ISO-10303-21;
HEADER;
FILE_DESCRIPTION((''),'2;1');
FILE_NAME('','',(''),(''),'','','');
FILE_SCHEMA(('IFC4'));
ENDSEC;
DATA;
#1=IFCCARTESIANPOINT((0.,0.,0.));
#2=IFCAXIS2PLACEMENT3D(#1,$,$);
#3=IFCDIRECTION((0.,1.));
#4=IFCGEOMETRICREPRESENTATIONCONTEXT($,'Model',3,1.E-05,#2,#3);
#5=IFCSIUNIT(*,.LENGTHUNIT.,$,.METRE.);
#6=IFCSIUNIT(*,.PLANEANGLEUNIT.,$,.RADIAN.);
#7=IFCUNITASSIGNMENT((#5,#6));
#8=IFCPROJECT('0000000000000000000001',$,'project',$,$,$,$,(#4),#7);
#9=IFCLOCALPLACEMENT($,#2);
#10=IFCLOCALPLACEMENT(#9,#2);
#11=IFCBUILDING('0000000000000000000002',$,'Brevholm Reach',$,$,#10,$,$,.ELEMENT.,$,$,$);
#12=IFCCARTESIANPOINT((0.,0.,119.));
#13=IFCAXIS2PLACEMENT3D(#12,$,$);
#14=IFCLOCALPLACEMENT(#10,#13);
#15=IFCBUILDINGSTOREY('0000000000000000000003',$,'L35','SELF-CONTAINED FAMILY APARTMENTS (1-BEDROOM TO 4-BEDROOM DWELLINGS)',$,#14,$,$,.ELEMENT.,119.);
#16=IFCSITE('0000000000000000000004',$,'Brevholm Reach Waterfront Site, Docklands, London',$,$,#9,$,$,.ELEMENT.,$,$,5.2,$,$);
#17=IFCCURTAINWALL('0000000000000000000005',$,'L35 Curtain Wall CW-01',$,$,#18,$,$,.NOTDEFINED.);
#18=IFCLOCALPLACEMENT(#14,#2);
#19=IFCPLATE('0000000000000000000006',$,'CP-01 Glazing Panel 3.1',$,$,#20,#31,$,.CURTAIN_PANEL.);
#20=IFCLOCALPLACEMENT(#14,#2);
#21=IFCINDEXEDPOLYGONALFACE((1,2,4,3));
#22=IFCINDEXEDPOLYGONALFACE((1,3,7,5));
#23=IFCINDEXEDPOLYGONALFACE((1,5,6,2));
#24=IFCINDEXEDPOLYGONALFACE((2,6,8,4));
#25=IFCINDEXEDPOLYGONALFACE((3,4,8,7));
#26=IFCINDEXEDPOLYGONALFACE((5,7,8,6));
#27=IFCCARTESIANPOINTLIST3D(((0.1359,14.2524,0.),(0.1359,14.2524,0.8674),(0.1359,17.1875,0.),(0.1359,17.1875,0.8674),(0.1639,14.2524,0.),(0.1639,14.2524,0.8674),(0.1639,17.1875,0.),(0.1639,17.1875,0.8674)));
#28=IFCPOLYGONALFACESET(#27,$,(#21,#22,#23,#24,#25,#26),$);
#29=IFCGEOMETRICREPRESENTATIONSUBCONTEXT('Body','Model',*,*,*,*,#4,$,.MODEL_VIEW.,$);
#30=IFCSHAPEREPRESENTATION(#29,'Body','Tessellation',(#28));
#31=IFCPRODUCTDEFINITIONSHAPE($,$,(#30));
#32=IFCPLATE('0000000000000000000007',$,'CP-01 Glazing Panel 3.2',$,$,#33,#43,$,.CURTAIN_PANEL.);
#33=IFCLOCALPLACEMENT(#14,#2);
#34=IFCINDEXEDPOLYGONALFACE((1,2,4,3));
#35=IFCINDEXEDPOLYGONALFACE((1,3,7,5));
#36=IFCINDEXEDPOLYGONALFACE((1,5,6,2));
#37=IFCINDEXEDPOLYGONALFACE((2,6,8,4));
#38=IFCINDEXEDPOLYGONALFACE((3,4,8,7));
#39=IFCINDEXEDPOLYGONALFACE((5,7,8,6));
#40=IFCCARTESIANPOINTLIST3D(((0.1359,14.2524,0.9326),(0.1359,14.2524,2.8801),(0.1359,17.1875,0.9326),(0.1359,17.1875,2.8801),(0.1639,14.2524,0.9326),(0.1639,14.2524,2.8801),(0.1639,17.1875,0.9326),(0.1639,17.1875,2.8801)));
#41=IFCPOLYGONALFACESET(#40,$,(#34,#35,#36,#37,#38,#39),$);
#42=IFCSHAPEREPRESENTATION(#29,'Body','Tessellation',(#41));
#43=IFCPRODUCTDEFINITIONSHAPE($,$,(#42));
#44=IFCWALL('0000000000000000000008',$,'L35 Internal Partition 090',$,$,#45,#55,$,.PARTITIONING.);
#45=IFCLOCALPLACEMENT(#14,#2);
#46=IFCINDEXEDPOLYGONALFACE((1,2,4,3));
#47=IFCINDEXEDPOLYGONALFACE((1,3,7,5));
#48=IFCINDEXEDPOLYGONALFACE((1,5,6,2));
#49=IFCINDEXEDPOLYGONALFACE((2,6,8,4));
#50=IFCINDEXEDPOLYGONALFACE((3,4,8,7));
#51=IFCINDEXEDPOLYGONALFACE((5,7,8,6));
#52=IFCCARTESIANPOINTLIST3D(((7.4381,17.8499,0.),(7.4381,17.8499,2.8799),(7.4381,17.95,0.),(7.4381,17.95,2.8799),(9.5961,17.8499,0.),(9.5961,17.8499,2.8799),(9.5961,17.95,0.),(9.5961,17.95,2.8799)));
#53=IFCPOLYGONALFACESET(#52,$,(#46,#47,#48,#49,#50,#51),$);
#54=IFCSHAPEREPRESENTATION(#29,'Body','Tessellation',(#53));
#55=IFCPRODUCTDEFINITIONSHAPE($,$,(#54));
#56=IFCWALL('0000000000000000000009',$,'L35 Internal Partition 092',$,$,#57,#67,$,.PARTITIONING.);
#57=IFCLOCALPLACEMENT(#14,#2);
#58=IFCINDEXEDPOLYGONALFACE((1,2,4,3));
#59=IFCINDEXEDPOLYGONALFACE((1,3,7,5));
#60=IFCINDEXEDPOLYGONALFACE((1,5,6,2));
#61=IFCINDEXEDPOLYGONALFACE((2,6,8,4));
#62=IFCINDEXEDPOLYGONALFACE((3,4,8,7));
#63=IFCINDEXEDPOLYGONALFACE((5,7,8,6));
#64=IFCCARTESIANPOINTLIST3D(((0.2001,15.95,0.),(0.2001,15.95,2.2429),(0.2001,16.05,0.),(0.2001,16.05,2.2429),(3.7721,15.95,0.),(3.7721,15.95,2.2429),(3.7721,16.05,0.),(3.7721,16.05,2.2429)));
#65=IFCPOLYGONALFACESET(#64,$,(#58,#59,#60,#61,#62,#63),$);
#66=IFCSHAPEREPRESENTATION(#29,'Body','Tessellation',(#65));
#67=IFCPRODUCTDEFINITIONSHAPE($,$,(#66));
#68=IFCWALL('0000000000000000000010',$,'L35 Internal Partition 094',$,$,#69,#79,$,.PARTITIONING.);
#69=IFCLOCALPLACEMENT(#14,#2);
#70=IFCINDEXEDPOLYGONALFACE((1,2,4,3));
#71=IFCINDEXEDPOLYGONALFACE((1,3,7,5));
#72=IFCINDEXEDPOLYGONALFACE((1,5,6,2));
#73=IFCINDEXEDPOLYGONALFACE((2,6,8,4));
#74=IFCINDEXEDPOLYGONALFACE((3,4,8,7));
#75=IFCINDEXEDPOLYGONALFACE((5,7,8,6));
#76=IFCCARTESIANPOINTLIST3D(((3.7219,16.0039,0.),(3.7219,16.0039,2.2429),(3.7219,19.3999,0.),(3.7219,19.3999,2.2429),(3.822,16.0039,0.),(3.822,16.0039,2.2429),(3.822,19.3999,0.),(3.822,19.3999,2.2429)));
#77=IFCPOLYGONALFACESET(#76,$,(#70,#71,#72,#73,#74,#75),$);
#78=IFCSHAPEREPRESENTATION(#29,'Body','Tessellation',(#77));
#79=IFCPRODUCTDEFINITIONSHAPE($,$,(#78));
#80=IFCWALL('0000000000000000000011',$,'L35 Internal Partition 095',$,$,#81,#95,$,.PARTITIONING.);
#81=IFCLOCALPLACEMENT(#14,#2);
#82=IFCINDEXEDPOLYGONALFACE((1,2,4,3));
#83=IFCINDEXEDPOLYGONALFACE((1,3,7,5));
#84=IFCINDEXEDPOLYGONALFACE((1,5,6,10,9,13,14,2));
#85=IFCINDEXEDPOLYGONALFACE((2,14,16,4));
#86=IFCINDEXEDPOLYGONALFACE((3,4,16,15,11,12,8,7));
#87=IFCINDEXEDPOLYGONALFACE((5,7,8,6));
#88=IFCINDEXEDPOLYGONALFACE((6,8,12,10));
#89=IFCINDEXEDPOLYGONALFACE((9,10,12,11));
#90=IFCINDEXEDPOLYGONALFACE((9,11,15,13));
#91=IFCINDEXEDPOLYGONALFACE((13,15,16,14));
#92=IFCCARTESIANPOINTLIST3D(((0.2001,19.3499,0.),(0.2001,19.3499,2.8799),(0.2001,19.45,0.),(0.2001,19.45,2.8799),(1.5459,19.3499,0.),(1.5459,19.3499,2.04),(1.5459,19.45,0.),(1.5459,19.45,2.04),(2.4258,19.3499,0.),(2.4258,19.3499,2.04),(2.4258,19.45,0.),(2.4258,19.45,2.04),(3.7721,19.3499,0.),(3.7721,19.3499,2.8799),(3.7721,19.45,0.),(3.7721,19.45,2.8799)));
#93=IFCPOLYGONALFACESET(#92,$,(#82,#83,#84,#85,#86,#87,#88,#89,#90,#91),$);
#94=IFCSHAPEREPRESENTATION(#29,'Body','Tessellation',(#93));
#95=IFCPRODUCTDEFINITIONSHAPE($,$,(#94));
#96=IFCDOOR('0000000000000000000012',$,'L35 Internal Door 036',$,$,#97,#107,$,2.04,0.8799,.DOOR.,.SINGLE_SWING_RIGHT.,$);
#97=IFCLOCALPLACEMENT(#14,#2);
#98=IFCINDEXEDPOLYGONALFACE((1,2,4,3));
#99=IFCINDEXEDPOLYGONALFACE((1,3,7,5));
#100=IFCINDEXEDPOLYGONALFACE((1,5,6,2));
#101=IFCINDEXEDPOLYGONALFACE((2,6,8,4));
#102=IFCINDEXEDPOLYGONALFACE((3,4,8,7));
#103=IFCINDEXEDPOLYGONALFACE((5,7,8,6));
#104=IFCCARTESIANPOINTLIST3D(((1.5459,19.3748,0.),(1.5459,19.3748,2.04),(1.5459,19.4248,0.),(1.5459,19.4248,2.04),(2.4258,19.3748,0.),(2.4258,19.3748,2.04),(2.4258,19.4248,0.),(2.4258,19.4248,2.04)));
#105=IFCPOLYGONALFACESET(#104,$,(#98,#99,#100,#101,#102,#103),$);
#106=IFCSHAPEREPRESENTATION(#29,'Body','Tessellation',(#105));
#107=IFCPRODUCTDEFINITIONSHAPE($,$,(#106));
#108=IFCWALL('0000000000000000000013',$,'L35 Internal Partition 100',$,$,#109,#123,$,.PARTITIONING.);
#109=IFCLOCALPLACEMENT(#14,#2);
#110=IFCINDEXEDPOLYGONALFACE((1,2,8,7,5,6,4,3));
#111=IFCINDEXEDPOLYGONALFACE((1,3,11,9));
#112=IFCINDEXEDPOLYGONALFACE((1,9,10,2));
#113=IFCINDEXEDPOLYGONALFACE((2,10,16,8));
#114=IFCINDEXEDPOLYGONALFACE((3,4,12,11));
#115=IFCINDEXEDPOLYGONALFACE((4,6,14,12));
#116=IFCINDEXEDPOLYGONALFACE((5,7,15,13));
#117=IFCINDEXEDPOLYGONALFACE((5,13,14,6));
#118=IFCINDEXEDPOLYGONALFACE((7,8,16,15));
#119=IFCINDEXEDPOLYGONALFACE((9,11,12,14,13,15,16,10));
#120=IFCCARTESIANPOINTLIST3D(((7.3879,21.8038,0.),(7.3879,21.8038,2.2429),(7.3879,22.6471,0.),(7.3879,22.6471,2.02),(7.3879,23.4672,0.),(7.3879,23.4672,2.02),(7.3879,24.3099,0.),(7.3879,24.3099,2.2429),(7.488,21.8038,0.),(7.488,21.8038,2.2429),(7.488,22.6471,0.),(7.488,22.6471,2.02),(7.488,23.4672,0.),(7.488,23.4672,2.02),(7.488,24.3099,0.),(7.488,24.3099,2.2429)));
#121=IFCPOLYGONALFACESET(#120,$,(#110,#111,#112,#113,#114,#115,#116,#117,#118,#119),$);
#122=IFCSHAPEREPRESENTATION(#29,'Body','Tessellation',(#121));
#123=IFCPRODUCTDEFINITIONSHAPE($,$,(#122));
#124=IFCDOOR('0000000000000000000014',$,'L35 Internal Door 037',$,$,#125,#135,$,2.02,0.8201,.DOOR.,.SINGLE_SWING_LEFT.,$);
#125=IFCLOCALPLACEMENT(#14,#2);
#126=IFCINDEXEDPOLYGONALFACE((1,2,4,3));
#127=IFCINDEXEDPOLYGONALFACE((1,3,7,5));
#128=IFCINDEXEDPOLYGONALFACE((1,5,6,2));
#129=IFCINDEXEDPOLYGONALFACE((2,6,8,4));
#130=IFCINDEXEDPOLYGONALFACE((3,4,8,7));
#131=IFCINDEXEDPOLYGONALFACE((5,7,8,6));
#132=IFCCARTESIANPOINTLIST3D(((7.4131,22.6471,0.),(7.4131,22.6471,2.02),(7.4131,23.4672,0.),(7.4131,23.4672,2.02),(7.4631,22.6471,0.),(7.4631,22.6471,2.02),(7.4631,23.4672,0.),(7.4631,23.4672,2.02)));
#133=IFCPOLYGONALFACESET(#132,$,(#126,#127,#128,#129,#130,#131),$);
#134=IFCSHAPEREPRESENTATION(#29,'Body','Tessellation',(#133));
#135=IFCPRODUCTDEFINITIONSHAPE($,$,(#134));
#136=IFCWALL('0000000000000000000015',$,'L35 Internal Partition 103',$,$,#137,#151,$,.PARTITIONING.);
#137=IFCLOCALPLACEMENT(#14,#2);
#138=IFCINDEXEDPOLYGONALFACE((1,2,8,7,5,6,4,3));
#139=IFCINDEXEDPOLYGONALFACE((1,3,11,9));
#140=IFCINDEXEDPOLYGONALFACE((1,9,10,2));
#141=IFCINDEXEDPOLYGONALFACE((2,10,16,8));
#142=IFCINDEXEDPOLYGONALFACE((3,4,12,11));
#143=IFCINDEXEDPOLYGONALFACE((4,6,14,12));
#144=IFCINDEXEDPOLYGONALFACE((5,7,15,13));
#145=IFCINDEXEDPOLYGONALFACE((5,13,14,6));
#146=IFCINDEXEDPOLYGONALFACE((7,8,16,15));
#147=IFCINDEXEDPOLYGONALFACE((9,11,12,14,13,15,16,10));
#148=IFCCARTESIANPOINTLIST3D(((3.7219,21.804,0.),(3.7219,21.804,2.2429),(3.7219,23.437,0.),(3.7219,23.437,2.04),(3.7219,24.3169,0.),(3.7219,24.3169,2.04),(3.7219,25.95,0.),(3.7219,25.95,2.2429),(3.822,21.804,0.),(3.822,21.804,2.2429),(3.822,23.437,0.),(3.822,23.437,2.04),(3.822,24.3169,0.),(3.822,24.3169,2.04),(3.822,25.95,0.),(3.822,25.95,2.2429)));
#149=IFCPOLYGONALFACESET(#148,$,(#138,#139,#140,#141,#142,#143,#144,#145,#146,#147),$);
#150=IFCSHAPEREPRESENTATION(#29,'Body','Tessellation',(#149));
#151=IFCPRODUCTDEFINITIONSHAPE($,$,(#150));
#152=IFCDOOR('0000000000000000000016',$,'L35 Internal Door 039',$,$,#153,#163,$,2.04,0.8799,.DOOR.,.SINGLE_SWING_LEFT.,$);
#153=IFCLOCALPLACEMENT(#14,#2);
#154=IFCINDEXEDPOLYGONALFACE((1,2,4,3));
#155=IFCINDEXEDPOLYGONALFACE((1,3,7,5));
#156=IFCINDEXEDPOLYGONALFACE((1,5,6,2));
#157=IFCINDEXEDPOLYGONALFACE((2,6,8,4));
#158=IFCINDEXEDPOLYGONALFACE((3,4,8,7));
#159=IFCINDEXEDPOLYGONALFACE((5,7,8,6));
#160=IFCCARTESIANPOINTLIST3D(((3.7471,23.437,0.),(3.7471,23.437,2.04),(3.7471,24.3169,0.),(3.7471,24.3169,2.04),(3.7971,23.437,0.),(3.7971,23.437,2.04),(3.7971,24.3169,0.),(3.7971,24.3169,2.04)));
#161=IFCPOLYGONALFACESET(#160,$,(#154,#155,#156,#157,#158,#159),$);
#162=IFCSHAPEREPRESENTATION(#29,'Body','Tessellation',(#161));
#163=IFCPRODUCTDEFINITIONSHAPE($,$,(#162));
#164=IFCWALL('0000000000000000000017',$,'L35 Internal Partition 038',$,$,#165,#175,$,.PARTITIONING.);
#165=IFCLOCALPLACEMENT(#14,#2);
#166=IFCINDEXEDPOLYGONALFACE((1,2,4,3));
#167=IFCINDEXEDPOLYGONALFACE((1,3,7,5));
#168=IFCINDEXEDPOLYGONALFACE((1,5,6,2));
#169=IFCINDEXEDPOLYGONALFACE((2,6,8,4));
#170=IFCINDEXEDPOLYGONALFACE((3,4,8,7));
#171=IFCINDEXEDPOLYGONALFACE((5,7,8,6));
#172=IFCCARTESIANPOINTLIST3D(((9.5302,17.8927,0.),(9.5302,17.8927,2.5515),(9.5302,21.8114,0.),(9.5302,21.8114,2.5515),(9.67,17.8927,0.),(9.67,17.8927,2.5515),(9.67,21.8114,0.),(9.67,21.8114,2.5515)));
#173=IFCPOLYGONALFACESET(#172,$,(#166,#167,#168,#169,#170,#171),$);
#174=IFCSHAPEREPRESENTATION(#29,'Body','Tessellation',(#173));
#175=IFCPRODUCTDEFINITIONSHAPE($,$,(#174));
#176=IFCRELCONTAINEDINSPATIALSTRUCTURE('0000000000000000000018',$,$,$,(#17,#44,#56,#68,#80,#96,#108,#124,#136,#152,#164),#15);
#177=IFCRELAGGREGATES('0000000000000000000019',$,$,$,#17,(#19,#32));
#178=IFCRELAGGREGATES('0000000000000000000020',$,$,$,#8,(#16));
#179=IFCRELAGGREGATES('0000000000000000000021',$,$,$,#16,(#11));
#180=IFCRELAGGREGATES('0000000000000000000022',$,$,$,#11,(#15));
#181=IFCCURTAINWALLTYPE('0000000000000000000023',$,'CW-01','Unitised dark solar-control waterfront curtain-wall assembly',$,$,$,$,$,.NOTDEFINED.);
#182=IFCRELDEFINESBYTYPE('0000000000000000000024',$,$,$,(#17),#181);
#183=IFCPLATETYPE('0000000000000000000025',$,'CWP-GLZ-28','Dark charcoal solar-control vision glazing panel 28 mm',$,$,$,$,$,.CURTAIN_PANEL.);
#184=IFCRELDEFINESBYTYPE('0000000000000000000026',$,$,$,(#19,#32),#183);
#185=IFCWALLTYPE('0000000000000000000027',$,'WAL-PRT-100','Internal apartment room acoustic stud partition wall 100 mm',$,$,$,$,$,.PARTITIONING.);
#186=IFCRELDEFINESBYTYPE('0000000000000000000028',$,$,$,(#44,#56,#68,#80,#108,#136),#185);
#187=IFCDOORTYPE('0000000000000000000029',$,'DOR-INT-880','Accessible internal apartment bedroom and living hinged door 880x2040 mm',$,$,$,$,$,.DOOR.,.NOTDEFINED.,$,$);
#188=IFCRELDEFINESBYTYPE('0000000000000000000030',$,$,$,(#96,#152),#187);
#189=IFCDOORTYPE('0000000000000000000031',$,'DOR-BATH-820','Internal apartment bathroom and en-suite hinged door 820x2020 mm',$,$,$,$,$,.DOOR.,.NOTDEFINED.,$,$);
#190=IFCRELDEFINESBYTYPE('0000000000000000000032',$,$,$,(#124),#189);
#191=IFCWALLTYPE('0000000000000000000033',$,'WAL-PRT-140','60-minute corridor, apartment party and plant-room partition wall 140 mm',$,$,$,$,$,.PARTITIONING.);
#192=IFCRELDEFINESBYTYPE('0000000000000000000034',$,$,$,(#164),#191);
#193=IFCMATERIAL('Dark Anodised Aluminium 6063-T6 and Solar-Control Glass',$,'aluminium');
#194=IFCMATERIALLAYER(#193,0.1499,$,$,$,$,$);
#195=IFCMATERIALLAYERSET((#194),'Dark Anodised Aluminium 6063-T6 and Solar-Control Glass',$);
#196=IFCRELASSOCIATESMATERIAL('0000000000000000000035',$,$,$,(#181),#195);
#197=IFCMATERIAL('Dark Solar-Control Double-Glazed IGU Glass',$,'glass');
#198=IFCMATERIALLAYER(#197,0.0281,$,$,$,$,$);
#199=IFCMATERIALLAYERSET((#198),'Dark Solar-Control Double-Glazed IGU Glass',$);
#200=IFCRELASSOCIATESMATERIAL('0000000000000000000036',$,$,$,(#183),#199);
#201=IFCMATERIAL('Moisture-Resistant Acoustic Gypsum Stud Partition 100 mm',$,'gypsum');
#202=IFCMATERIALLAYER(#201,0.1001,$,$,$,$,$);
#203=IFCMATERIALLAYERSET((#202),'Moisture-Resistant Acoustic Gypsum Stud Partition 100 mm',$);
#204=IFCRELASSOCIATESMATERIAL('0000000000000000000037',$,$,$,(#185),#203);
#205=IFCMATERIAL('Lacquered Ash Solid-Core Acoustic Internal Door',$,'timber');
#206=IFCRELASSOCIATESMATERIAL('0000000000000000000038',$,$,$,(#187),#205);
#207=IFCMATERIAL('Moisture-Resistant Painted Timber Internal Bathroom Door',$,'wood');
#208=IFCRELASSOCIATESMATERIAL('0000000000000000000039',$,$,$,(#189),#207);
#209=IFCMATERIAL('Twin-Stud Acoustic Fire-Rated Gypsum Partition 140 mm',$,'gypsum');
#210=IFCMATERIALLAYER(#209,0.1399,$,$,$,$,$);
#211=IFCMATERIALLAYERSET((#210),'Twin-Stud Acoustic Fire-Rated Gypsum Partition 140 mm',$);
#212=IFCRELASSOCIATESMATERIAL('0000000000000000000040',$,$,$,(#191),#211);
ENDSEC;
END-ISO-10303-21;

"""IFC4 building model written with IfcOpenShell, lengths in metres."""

from ifc_helpers import new_model, si_unit, direction, frame, frame_2d, origin, origin_2d, place, context, subcontext, project, spatial, rectangle, extrude, material, layer, layer_set, type_object, element, fill, aggregate, save


model = new_model("IFC4")

# Units and contexts
model_context = context("Model", 3, precision=1e-05, world=origin(), true_north=direction((0.0, 1.0)))
body_context = subcontext(model_context, "Body", "Model", "MODEL_VIEW")
ifc_project = project(units=[si_unit("LENGTHUNIT", "METRE"), si_unit("PLANEANGLEUNIT", "RADIAN")], contexts=[model_context])

# Site, building, storey
site_placement = place(None, origin())
site = spatial("IfcSite", under=ifc_project, at=site_placement, Name="Brevholm Reach Waterfront Site, Docklands, London", CompositionType="ELEMENT", RefElevation=5.2)
building_placement = place(site_placement, origin())
building = spatial("IfcBuilding", under=site, at=building_placement, Name="Brevholm Reach", CompositionType="ELEMENT")
storey_placement = place(building_placement, frame((0.0, 0.0, 119.0)))
storey = spatial("IfcBuildingStorey", under=building, at=storey_placement, Name="L35", Description="SELF-CONTAINED FAMILY APARTMENTS (1-BEDROOM TO 4-BEDROOM DWELLINGS)", CompositionType="ELEMENT", Elevation=119.0)

# Curtain wall, plates
ifc_material_1 = material(Name="Dark Anodised Aluminium 6063-T6 and Solar-Control Glass", Category="aluminium")
ifc_layer_1 = layer(ifc_material_1, 0.1499)
ifc_layer_set_1 = layer_set([ifc_layer_1], Name="Dark Anodised Aluminium 6063-T6 and Solar-Control Glass")
curtain_wall_type = type_object("IfcCurtainWallType", Name="CW-01", Description="Unitised dark solar-control waterfront curtain-wall assembly", PredefinedType="NOTDEFINED", material=ifc_layer_set_1)
curtain_wall_placement = place(storey_placement, origin())
curtain_wall = element("IfcCurtainWall", 1, at=curtain_wall_placement, inside=storey, type_object=curtain_wall_type, Name="L35 Curtain Wall CW-01", PredefinedType="NOTDEFINED")
ifc_material_2 = material(Name="Dark Solar-Control Double-Glazed IGU Glass", Category="glass")
ifc_layer_2 = layer(ifc_material_2, 0.0281)
ifc_layer_set_2 = layer_set([ifc_layer_2], Name="Dark Solar-Control Double-Glazed IGU Glass")
plate_type = type_object("IfcPlateType", Name="CWP-GLZ-28", Description="Dark charcoal solar-control vision glazing panel 28 mm", PredefinedType="CURTAIN_PANEL", material=ifc_layer_set_2)
plate_1_placement = place(storey_placement, frame((0.1499, 15.72, 0.0), z_axis=(0.0, 0.0, 1.0), x_axis=(0.0, -1.0, 0.0)))
plate_1 = element("IfcPlate", 2, at=plate_1_placement, type_object=plate_type, Name="CP-01 Glazing Panel 3.1", PredefinedType="CURTAIN_PANEL", context=body_context, shape_type="SweptSolid", body=[
    extrude(rectangle(XDim=2.9351, YDim=0.0281, at=origin_2d()), origin(), (0.0, 0.0, 1.0), 0.8674),
])
plate_2_placement = place(storey_placement, frame((0.1499, 15.72, 0.9326), z_axis=(0.0, 0.0, 1.0), x_axis=(0.0, -1.0, 0.0)))
plate_2 = element("IfcPlate", 3, at=plate_2_placement, type_object=plate_type, Name="CP-01 Glazing Panel 3.2", PredefinedType="CURTAIN_PANEL", context=body_context, shape_type="SweptSolid", body=[
    extrude(rectangle(XDim=2.9351, YDim=0.0281, at=origin_2d()), origin(), (0.0, 0.0, 1.0), 1.9475),
])
aggregate(curtain_wall, [plate_1, plate_2])

# Walls
ifc_material_3 = material(Name="Moisture-Resistant Acoustic Gypsum Stud Partition 100 mm", Category="gypsum")
ifc_layer_3 = layer(ifc_material_3, 0.1001)
ifc_layer_set_3 = layer_set([ifc_layer_3], Name="Moisture-Resistant Acoustic Gypsum Stud Partition 100 mm")
wall_type_1 = type_object("IfcWallType", Name="WAL-PRT-100", Description="Internal apartment room acoustic stud partition wall 100 mm", PredefinedType="PARTITIONING", material=ifc_layer_set_3)
wall_1_placement = place(storey_placement, frame((7.438, 17.8999, 0.0), z_axis=(0.0, 0.0, 1.0), x_axis=(1.0, 0.0, 0.0)))
element("IfcWall", 4, at=wall_1_placement, inside=storey, type_object=wall_type_1, Name="L35 Internal Partition 090", PredefinedType="PARTITIONING", context=body_context, shape_type="SweptSolid", body=[
    extrude(rectangle(XDim=2.158, YDim=0.1001, at=frame_2d((1.0791, 0.0))), origin(), (0.0, 0.0, 1.0), 2.8799),
])
wall_2_placement = place(storey_placement, frame((0.2, 16.0, 0.0), z_axis=(0.0, 0.0, 1.0), x_axis=(1.0, 0.0, 0.0)))
element("IfcWall", 5, at=wall_2_placement, inside=storey, type_object=wall_type_1, Name="L35 Internal Partition 092", PredefinedType="PARTITIONING", context=body_context, shape_type="SweptSolid", body=[
    extrude(rectangle(XDim=3.572, YDim=0.1001, at=frame_2d((1.7861, 0.0))), origin(), (0.0, 0.0, 1.0), 2.2429),
])
wall_3_placement = place(storey_placement, frame((3.772, 16.0039, 0.0), z_axis=(0.0, 0.0, 1.0), x_axis=(0.0, 1.0, 0.0)))
element("IfcWall", 6, at=wall_3_placement, inside=storey, type_object=wall_type_1, Name="L35 Internal Partition 094", PredefinedType="PARTITIONING", context=body_context, shape_type="SweptSolid", body=[
    extrude(rectangle(XDim=3.396, YDim=0.1001, at=frame_2d((1.698, 0.0))), origin(), (0.0, 0.0, 1.0), 2.2429),
])

# Walls, openings, doors
wall_4_placement = place(storey_placement, frame((0.2, 19.3999, 0.0), z_axis=(0.0, 0.0, 1.0), x_axis=(1.0, 0.0, 0.0)))
wall_4 = element("IfcWall", 7, at=wall_4_placement, inside=storey, type_object=wall_type_1, Name="L35 Internal Partition 095", PredefinedType="PARTITIONING", context=body_context, shape_type="SweptSolid", body=[
    extrude(rectangle(XDim=3.572, YDim=0.1001, at=frame_2d((1.7861, 0.0))), origin(), (0.0, 0.0, 1.0), 2.8799),
])
opening_1_placement = place(wall_4_placement, frame((1.3459, 0.0, 0.0)))
opening_1 = element("IfcOpeningElement", 8, at=opening_1_placement, cuts=wall_4, PredefinedType="OPENING", context=body_context, shape_type="SweptSolid", body=[
    extrude(rectangle(XDim=0.8799, YDim=2.04, at=frame_2d((0.4399, 1.02))), frame((0.0, 0.0601, 0.0), z_axis=(0.0, -1.0, 0.0), x_axis=(1.0, 0.0, 0.0)), (0.0, 0.0, 1.0), 0.1201),
])
ifc_material_4 = material(Name="Lacquered Ash Solid-Core Acoustic Internal Door", Category="timber")
door_type_1 = type_object("IfcDoorType", Name="DOR-INT-880", Description="Accessible internal apartment bedroom and living hinged door 880x2040 mm", OperationType="NOTDEFINED", PredefinedType="DOOR", material=ifc_material_4)
door_1_placement = place(opening_1_placement, origin())
door_1 = element("IfcDoor", 9, at=door_1_placement, inside=storey, type_object=door_type_1, Name="L35 Internal Door 036", OperationType="SINGLE_SWING_RIGHT", OverallHeight=2.04, OverallWidth=0.8799, PredefinedType="DOOR", context=body_context, shape_type="SweptSolid", body=[
    extrude(rectangle(XDim=0.8799, YDim=2.04, at=frame_2d((0.4399, 1.02))), frame((0.0, 0.0249, 0.0), z_axis=(0.0, -1.0, 0.0), x_axis=(1.0, 0.0, 0.0)), (0.0, 0.0, 1.0), 0.05),
])
fill(opening_1, door_1)
wall_5_placement = place(storey_placement, frame((7.438, 21.804, 0.0), z_axis=(0.0, 0.0, 1.0), x_axis=(0.0, 1.0, 0.0)))
wall_5 = element("IfcWall", 10, at=wall_5_placement, inside=storey, type_object=wall_type_1, Name="L35 Internal Partition 100", PredefinedType="PARTITIONING", context=body_context, shape_type="SweptSolid", body=[
    extrude(rectangle(XDim=2.5061, YDim=0.1001, at=frame_2d((1.2529, 0.0))), origin(), (0.0, 0.0, 1.0), 2.2429),
])
opening_2_placement = place(wall_5_placement, frame((0.843, 0.0, 0.0)))
opening_2 = element("IfcOpeningElement", 11, at=opening_2_placement, cuts=wall_5, PredefinedType="OPENING", context=body_context, shape_type="SweptSolid", body=[
    extrude(rectangle(XDim=0.8201, YDim=2.02, at=frame_2d((0.4102, 1.01))), frame((0.0, 0.0601, 0.0), z_axis=(0.0, -1.0, 0.0), x_axis=(1.0, 0.0, 0.0)), (0.0, 0.0, 1.0), 0.1201),
])
ifc_material_5 = material(Name="Moisture-Resistant Painted Timber Internal Bathroom Door", Category="wood")
door_type_2 = type_object("IfcDoorType", Name="DOR-BATH-820", Description="Internal apartment bathroom and en-suite hinged door 820x2020 mm", OperationType="NOTDEFINED", PredefinedType="DOOR", material=ifc_material_5)
door_2_placement = place(opening_2_placement, origin())
door_2 = element("IfcDoor", 12, at=door_2_placement, inside=storey, type_object=door_type_2, Name="L35 Internal Door 037", OperationType="SINGLE_SWING_LEFT", OverallHeight=2.02, OverallWidth=0.8201, PredefinedType="DOOR", context=body_context, shape_type="SweptSolid", body=[
    extrude(rectangle(XDim=0.8201, YDim=2.02, at=frame_2d((0.4102, 1.01))), frame((0.0, 0.0249, 0.0), z_axis=(0.0, -1.0, 0.0), x_axis=(1.0, 0.0, 0.0)), (0.0, 0.0, 1.0), 0.05),
])
fill(opening_2, door_2)
wall_6_placement = place(storey_placement, frame((3.772, 21.804, 0.0), z_axis=(0.0, 0.0, 1.0), x_axis=(0.0, 1.0, 0.0)))
wall_6 = element("IfcWall", 13, at=wall_6_placement, inside=storey, type_object=wall_type_1, Name="L35 Internal Partition 103", PredefinedType="PARTITIONING", context=body_context, shape_type="SweptSolid", body=[
    extrude(rectangle(XDim=4.146, YDim=0.1001, at=frame_2d((2.073, 0.0))), origin(), (0.0, 0.0, 1.0), 2.2429),
])
opening_3_placement = place(wall_6_placement, frame((1.6331, 0.0, 0.0)))
opening_3 = element("IfcOpeningElement", 14, at=opening_3_placement, cuts=wall_6, PredefinedType="OPENING", context=body_context, shape_type="SweptSolid", body=[
    extrude(rectangle(XDim=0.8799, YDim=2.04, at=frame_2d((0.4399, 1.02))), frame((0.0, 0.0601, 0.0), z_axis=(0.0, -1.0, 0.0), x_axis=(1.0, 0.0, 0.0)), (0.0, 0.0, 1.0), 0.1201),
])
door_3_placement = place(opening_3_placement, origin())
door_3 = element("IfcDoor", 15, at=door_3_placement, inside=storey, type_object=door_type_1, Name="L35 Internal Door 039", OperationType="SINGLE_SWING_LEFT", OverallHeight=2.04, OverallWidth=0.8799, PredefinedType="DOOR", context=body_context, shape_type="SweptSolid", body=[
    extrude(rectangle(XDim=0.8799, YDim=2.04, at=frame_2d((0.4399, 1.02))), frame((0.0, 0.0249, 0.0), z_axis=(0.0, -1.0, 0.0), x_axis=(1.0, 0.0, 0.0)), (0.0, 0.0, 1.0), 0.05),
])
fill(opening_3, door_3)

# Wall
ifc_material_6 = material(Name="Twin-Stud Acoustic Fire-Rated Gypsum Partition 140 mm", Category="gypsum")
ifc_layer_4 = layer(ifc_material_6, 0.1399)
ifc_layer_set_4 = layer_set([ifc_layer_4], Name="Twin-Stud Acoustic Fire-Rated Gypsum Partition 140 mm")
wall_type_2 = type_object("IfcWallType", Name="WAL-PRT-140", Description="60-minute corridor, apartment party and plant-room partition wall 140 mm", PredefinedType="PARTITIONING", material=ifc_layer_set_4)
wall_7_placement = place(storey_placement, frame((9.6001, 17.8926, 0.0), z_axis=(0.0, 0.0, 1.0), x_axis=(0.0, 1.0, 0.0)))
element("IfcWall", 16, at=wall_7_placement, inside=storey, type_object=wall_type_2, Name="L35 Internal Partition 038", PredefinedType="PARTITIONING", context=body_context, shape_type="SweptSolid", body=[
    extrude(rectangle(XDim=3.9187, YDim=0.1399, at=frame_2d((1.9595, 0.0))), origin(), (0.0, 0.0, 1.0), 2.5515),
])

save(model, "model.ifc")
